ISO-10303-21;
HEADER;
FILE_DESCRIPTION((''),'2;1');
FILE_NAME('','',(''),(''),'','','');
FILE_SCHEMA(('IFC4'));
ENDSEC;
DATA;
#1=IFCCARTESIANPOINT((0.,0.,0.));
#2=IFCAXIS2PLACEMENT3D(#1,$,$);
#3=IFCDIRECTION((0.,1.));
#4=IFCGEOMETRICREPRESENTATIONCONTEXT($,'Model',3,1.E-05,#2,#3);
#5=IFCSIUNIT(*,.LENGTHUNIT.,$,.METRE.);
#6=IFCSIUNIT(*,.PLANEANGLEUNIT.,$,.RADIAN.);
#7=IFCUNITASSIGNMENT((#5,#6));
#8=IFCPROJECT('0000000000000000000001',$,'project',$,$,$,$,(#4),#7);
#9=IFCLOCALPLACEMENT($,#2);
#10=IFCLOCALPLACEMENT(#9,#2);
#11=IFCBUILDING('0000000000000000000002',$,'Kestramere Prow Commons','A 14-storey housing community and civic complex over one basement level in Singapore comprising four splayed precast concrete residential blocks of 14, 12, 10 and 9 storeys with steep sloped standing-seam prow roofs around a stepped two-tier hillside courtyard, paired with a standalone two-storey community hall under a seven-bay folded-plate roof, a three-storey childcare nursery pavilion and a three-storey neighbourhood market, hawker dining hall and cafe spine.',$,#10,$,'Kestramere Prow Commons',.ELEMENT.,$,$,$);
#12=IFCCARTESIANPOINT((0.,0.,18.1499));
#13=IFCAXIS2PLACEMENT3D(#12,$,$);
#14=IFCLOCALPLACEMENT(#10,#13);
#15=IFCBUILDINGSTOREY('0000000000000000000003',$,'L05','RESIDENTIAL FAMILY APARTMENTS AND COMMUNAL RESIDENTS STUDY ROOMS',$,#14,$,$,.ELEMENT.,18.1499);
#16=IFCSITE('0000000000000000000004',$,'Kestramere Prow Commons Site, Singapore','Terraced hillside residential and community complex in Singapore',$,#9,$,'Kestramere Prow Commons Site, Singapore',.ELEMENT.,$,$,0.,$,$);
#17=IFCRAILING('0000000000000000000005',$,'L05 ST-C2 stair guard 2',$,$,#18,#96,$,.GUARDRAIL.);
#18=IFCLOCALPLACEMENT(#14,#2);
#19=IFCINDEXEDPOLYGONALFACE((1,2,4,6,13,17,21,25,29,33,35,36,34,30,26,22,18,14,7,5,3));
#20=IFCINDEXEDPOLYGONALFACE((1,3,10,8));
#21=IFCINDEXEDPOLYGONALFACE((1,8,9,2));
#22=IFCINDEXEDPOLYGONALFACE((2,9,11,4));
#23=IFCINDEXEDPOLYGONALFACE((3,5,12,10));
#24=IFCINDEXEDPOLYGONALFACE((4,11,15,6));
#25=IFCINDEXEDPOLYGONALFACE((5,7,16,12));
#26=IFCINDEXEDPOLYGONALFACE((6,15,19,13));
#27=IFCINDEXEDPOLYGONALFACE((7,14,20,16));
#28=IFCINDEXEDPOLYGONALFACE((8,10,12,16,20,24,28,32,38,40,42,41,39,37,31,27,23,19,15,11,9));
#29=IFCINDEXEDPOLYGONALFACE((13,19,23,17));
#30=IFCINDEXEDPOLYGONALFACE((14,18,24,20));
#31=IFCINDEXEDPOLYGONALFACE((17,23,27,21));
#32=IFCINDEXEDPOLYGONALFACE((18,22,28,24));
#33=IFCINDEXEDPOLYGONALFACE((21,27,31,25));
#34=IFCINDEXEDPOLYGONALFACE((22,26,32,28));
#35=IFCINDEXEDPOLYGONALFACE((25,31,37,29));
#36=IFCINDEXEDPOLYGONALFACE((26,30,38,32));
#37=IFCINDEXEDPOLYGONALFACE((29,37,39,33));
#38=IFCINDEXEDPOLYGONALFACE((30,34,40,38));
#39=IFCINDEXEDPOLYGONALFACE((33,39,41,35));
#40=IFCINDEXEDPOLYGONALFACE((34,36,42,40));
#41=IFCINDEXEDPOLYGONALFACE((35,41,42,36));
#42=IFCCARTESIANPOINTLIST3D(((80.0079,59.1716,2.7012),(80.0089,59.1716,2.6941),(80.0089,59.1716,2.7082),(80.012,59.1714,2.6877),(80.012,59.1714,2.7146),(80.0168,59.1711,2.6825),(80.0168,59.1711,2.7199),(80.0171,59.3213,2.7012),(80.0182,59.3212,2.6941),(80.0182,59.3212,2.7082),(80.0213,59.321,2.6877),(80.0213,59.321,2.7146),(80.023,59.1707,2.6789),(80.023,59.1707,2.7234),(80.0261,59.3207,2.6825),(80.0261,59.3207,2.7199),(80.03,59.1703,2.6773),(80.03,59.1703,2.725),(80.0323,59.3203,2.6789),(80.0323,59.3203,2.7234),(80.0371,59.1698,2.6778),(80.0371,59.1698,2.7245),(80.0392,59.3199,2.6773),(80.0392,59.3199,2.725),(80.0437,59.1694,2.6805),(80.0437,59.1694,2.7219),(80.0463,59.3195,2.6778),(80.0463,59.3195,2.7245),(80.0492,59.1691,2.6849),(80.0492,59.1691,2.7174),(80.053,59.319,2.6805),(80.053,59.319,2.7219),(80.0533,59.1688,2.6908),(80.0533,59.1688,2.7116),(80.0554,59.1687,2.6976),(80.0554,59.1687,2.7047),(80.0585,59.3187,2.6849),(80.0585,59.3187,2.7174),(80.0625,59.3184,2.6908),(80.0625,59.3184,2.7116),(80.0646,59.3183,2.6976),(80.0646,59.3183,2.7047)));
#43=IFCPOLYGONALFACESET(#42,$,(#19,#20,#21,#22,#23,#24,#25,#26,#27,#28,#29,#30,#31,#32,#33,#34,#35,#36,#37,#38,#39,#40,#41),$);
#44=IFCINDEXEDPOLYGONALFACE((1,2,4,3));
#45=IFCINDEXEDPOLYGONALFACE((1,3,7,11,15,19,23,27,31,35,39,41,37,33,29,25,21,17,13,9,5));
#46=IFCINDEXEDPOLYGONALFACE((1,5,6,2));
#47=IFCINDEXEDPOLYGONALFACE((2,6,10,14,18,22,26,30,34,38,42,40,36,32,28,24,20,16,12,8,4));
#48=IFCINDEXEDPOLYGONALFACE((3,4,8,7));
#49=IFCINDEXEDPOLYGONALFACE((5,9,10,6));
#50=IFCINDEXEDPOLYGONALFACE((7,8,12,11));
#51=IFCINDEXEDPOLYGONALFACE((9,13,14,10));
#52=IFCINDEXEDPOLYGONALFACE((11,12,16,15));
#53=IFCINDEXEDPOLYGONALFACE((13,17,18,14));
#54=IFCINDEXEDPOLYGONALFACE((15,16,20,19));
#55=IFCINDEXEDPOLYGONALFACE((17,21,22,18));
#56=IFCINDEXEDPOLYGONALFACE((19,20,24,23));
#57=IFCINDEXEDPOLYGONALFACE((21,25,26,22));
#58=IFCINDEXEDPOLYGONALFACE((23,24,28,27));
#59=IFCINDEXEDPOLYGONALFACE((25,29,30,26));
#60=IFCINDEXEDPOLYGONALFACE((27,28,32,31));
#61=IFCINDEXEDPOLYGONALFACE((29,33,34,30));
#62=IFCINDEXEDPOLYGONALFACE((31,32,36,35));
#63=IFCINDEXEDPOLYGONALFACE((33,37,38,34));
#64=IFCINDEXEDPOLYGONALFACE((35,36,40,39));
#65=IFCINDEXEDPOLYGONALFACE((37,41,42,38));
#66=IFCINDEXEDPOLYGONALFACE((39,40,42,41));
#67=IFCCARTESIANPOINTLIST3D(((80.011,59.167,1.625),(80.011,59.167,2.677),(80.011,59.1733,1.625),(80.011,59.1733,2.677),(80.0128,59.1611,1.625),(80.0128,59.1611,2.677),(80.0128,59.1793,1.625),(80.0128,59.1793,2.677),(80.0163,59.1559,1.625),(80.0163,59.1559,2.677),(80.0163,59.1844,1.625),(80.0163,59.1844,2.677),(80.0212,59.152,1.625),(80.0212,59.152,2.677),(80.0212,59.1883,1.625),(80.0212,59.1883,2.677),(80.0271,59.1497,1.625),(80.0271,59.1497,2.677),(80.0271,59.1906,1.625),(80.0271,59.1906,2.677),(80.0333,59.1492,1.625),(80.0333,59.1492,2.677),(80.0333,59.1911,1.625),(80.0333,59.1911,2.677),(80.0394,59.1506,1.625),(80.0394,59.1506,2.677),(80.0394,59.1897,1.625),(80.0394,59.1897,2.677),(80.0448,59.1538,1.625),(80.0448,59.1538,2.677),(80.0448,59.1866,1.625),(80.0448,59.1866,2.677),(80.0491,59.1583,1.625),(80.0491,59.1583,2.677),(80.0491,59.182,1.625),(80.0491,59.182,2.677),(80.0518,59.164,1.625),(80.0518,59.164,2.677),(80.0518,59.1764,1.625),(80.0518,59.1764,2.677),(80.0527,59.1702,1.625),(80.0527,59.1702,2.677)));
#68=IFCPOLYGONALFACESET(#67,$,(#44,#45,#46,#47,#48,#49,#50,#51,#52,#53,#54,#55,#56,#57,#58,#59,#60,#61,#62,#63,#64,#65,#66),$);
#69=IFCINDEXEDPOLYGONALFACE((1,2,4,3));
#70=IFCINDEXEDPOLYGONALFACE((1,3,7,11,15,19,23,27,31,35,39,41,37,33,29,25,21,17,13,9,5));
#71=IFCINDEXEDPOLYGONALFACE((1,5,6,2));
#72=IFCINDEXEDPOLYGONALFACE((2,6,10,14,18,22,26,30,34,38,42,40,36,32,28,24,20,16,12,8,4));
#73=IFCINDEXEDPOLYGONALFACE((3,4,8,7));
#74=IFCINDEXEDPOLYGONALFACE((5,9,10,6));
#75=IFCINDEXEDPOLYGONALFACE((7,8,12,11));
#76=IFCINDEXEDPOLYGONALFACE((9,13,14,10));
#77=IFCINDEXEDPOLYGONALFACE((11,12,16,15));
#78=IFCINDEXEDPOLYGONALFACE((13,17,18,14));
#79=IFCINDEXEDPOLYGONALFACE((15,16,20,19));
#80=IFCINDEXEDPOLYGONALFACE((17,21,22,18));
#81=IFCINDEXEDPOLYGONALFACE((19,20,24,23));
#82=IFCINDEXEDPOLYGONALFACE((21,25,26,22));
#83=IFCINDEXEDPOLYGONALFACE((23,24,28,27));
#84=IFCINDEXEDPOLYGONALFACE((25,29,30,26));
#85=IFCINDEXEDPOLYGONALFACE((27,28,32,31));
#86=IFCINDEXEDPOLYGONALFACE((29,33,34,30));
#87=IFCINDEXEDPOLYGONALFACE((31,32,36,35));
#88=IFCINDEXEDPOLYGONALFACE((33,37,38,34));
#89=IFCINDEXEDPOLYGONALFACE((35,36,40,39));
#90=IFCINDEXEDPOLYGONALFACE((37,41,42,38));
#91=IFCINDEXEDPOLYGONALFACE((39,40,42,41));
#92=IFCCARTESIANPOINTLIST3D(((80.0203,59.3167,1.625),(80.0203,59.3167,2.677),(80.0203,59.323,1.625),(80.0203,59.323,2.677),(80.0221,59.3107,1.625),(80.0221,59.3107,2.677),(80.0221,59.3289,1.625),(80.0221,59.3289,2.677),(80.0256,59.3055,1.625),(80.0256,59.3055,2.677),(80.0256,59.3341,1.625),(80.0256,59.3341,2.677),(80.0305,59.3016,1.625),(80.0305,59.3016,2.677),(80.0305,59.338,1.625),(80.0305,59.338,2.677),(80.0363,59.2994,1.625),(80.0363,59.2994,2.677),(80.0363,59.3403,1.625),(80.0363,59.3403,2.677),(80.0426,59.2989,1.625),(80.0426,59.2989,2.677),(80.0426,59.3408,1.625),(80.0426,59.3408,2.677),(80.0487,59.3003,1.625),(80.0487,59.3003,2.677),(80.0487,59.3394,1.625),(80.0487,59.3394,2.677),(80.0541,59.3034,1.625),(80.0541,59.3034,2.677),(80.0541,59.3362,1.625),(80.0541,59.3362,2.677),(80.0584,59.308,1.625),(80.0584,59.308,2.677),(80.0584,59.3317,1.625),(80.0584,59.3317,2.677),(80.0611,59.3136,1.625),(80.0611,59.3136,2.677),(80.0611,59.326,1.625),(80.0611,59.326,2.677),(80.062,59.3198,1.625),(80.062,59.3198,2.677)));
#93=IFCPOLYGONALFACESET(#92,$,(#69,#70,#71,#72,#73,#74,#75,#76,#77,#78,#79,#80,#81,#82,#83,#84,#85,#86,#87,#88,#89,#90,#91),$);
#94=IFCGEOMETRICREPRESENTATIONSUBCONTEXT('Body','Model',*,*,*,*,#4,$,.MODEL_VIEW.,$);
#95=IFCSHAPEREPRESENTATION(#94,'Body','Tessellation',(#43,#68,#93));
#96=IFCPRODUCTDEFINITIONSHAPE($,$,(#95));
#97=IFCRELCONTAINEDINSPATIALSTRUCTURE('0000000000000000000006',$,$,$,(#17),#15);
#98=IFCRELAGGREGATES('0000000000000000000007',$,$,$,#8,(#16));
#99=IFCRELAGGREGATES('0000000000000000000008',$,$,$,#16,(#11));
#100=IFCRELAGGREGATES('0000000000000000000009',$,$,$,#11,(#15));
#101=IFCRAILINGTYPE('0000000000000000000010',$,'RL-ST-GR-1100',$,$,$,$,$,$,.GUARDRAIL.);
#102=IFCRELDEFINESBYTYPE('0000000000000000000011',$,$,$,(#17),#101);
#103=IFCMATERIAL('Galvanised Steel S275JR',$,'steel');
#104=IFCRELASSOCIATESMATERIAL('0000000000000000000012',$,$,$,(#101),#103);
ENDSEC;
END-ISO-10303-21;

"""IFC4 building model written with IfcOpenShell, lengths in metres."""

from ifc_helpers import new_model, si_unit, direction, frame, origin, origin_2d, place, context, subcontext, project, spatial, circle, extrude, material, type_object, element, save


model = new_model("IFC4")

# Units and contexts
model_context = context("Model", 3, precision=1e-05, world=origin(), true_north=direction((0.0, 1.0)))
body_context = subcontext(model_context, "Body", "Model", "MODEL_VIEW")
ifc_project = project(units=[si_unit("LENGTHUNIT", "METRE"), si_unit("PLANEANGLEUNIT", "RADIAN")], contexts=[model_context])

# Site, building, storey
site_placement = place(None, origin())
site = spatial("IfcSite", under=ifc_project, at=site_placement, Name="Kestramere Prow Commons Site, Singapore", Description="Terraced hillside residential and community complex in Singapore", LongName="Kestramere Prow Commons Site, Singapore", CompositionType="ELEMENT", RefElevation=0.0)
building_placement = place(site_placement, origin())
building = spatial("IfcBuilding", under=site, at=building_placement, Name="Kestramere Prow Commons", Description="A 14-storey housing community and civic complex over one basement level in Singapore comprising four splayed precast concrete residential blocks of 14, 12, 10 and 9 storeys with steep sloped standing-seam prow roofs around a stepped two-tier hillside courtyard, paired with a standalone two-storey community hall under a seven-bay folded-plate roof, a three-storey childcare nursery pavilion and a three-storey neighbourhood market, hawker dining hall and cafe spine.", LongName="Kestramere Prow Commons", CompositionType="ELEMENT")
storey_placement = place(building_placement, frame((0.0, 0.0, 18.1499)))
storey = spatial("IfcBuildingStorey", under=building, at=storey_placement, Name="L05", Description="RESIDENTIAL FAMILY APARTMENTS AND COMMUNAL RESIDENTS STUDY ROOMS", CompositionType="ELEMENT", Elevation=18.1499)

# Railing
ifc_material_1 = material(Name="Galvanised Steel S275JR", Category="steel")
railing_type_1 = type_object("IfcRailingType", Name="RL-ST-GR-1100", PredefinedType="GUARDRAIL", material=ifc_material_1)
railing_1_placement = place(storey_placement, frame((80.0317, 59.1702, 1.625)))
element("IfcRailing", 1, at=railing_1_placement, inside=storey, type_object=railing_type_1, Name="L05 ST-C2 stair guard 2", PredefinedType="GUARDRAIL", context=body_context, shape_type="SweptSolid", body=[
    extrude(circle(Radius=0.0239, at=origin_2d()), frame((0.0, 0.0, 1.0762), z_axis=(0.061871, 0.998084, 0.0), x_axis=(-0.998084, 0.061871, 0.0)), (0.0, 0.0, 1.0), 0.1499),
    extrude(circle(Radius=0.021, at=origin_2d()), origin(), (0.0, 0.0, 1.0), 1.052),
    extrude(circle(Radius=0.021, at=origin_2d()), frame((0.0093, 0.1497, 0.0)), (0.0, 0.0, 1.0), 1.052),
])

save(model, "model.ifc")
